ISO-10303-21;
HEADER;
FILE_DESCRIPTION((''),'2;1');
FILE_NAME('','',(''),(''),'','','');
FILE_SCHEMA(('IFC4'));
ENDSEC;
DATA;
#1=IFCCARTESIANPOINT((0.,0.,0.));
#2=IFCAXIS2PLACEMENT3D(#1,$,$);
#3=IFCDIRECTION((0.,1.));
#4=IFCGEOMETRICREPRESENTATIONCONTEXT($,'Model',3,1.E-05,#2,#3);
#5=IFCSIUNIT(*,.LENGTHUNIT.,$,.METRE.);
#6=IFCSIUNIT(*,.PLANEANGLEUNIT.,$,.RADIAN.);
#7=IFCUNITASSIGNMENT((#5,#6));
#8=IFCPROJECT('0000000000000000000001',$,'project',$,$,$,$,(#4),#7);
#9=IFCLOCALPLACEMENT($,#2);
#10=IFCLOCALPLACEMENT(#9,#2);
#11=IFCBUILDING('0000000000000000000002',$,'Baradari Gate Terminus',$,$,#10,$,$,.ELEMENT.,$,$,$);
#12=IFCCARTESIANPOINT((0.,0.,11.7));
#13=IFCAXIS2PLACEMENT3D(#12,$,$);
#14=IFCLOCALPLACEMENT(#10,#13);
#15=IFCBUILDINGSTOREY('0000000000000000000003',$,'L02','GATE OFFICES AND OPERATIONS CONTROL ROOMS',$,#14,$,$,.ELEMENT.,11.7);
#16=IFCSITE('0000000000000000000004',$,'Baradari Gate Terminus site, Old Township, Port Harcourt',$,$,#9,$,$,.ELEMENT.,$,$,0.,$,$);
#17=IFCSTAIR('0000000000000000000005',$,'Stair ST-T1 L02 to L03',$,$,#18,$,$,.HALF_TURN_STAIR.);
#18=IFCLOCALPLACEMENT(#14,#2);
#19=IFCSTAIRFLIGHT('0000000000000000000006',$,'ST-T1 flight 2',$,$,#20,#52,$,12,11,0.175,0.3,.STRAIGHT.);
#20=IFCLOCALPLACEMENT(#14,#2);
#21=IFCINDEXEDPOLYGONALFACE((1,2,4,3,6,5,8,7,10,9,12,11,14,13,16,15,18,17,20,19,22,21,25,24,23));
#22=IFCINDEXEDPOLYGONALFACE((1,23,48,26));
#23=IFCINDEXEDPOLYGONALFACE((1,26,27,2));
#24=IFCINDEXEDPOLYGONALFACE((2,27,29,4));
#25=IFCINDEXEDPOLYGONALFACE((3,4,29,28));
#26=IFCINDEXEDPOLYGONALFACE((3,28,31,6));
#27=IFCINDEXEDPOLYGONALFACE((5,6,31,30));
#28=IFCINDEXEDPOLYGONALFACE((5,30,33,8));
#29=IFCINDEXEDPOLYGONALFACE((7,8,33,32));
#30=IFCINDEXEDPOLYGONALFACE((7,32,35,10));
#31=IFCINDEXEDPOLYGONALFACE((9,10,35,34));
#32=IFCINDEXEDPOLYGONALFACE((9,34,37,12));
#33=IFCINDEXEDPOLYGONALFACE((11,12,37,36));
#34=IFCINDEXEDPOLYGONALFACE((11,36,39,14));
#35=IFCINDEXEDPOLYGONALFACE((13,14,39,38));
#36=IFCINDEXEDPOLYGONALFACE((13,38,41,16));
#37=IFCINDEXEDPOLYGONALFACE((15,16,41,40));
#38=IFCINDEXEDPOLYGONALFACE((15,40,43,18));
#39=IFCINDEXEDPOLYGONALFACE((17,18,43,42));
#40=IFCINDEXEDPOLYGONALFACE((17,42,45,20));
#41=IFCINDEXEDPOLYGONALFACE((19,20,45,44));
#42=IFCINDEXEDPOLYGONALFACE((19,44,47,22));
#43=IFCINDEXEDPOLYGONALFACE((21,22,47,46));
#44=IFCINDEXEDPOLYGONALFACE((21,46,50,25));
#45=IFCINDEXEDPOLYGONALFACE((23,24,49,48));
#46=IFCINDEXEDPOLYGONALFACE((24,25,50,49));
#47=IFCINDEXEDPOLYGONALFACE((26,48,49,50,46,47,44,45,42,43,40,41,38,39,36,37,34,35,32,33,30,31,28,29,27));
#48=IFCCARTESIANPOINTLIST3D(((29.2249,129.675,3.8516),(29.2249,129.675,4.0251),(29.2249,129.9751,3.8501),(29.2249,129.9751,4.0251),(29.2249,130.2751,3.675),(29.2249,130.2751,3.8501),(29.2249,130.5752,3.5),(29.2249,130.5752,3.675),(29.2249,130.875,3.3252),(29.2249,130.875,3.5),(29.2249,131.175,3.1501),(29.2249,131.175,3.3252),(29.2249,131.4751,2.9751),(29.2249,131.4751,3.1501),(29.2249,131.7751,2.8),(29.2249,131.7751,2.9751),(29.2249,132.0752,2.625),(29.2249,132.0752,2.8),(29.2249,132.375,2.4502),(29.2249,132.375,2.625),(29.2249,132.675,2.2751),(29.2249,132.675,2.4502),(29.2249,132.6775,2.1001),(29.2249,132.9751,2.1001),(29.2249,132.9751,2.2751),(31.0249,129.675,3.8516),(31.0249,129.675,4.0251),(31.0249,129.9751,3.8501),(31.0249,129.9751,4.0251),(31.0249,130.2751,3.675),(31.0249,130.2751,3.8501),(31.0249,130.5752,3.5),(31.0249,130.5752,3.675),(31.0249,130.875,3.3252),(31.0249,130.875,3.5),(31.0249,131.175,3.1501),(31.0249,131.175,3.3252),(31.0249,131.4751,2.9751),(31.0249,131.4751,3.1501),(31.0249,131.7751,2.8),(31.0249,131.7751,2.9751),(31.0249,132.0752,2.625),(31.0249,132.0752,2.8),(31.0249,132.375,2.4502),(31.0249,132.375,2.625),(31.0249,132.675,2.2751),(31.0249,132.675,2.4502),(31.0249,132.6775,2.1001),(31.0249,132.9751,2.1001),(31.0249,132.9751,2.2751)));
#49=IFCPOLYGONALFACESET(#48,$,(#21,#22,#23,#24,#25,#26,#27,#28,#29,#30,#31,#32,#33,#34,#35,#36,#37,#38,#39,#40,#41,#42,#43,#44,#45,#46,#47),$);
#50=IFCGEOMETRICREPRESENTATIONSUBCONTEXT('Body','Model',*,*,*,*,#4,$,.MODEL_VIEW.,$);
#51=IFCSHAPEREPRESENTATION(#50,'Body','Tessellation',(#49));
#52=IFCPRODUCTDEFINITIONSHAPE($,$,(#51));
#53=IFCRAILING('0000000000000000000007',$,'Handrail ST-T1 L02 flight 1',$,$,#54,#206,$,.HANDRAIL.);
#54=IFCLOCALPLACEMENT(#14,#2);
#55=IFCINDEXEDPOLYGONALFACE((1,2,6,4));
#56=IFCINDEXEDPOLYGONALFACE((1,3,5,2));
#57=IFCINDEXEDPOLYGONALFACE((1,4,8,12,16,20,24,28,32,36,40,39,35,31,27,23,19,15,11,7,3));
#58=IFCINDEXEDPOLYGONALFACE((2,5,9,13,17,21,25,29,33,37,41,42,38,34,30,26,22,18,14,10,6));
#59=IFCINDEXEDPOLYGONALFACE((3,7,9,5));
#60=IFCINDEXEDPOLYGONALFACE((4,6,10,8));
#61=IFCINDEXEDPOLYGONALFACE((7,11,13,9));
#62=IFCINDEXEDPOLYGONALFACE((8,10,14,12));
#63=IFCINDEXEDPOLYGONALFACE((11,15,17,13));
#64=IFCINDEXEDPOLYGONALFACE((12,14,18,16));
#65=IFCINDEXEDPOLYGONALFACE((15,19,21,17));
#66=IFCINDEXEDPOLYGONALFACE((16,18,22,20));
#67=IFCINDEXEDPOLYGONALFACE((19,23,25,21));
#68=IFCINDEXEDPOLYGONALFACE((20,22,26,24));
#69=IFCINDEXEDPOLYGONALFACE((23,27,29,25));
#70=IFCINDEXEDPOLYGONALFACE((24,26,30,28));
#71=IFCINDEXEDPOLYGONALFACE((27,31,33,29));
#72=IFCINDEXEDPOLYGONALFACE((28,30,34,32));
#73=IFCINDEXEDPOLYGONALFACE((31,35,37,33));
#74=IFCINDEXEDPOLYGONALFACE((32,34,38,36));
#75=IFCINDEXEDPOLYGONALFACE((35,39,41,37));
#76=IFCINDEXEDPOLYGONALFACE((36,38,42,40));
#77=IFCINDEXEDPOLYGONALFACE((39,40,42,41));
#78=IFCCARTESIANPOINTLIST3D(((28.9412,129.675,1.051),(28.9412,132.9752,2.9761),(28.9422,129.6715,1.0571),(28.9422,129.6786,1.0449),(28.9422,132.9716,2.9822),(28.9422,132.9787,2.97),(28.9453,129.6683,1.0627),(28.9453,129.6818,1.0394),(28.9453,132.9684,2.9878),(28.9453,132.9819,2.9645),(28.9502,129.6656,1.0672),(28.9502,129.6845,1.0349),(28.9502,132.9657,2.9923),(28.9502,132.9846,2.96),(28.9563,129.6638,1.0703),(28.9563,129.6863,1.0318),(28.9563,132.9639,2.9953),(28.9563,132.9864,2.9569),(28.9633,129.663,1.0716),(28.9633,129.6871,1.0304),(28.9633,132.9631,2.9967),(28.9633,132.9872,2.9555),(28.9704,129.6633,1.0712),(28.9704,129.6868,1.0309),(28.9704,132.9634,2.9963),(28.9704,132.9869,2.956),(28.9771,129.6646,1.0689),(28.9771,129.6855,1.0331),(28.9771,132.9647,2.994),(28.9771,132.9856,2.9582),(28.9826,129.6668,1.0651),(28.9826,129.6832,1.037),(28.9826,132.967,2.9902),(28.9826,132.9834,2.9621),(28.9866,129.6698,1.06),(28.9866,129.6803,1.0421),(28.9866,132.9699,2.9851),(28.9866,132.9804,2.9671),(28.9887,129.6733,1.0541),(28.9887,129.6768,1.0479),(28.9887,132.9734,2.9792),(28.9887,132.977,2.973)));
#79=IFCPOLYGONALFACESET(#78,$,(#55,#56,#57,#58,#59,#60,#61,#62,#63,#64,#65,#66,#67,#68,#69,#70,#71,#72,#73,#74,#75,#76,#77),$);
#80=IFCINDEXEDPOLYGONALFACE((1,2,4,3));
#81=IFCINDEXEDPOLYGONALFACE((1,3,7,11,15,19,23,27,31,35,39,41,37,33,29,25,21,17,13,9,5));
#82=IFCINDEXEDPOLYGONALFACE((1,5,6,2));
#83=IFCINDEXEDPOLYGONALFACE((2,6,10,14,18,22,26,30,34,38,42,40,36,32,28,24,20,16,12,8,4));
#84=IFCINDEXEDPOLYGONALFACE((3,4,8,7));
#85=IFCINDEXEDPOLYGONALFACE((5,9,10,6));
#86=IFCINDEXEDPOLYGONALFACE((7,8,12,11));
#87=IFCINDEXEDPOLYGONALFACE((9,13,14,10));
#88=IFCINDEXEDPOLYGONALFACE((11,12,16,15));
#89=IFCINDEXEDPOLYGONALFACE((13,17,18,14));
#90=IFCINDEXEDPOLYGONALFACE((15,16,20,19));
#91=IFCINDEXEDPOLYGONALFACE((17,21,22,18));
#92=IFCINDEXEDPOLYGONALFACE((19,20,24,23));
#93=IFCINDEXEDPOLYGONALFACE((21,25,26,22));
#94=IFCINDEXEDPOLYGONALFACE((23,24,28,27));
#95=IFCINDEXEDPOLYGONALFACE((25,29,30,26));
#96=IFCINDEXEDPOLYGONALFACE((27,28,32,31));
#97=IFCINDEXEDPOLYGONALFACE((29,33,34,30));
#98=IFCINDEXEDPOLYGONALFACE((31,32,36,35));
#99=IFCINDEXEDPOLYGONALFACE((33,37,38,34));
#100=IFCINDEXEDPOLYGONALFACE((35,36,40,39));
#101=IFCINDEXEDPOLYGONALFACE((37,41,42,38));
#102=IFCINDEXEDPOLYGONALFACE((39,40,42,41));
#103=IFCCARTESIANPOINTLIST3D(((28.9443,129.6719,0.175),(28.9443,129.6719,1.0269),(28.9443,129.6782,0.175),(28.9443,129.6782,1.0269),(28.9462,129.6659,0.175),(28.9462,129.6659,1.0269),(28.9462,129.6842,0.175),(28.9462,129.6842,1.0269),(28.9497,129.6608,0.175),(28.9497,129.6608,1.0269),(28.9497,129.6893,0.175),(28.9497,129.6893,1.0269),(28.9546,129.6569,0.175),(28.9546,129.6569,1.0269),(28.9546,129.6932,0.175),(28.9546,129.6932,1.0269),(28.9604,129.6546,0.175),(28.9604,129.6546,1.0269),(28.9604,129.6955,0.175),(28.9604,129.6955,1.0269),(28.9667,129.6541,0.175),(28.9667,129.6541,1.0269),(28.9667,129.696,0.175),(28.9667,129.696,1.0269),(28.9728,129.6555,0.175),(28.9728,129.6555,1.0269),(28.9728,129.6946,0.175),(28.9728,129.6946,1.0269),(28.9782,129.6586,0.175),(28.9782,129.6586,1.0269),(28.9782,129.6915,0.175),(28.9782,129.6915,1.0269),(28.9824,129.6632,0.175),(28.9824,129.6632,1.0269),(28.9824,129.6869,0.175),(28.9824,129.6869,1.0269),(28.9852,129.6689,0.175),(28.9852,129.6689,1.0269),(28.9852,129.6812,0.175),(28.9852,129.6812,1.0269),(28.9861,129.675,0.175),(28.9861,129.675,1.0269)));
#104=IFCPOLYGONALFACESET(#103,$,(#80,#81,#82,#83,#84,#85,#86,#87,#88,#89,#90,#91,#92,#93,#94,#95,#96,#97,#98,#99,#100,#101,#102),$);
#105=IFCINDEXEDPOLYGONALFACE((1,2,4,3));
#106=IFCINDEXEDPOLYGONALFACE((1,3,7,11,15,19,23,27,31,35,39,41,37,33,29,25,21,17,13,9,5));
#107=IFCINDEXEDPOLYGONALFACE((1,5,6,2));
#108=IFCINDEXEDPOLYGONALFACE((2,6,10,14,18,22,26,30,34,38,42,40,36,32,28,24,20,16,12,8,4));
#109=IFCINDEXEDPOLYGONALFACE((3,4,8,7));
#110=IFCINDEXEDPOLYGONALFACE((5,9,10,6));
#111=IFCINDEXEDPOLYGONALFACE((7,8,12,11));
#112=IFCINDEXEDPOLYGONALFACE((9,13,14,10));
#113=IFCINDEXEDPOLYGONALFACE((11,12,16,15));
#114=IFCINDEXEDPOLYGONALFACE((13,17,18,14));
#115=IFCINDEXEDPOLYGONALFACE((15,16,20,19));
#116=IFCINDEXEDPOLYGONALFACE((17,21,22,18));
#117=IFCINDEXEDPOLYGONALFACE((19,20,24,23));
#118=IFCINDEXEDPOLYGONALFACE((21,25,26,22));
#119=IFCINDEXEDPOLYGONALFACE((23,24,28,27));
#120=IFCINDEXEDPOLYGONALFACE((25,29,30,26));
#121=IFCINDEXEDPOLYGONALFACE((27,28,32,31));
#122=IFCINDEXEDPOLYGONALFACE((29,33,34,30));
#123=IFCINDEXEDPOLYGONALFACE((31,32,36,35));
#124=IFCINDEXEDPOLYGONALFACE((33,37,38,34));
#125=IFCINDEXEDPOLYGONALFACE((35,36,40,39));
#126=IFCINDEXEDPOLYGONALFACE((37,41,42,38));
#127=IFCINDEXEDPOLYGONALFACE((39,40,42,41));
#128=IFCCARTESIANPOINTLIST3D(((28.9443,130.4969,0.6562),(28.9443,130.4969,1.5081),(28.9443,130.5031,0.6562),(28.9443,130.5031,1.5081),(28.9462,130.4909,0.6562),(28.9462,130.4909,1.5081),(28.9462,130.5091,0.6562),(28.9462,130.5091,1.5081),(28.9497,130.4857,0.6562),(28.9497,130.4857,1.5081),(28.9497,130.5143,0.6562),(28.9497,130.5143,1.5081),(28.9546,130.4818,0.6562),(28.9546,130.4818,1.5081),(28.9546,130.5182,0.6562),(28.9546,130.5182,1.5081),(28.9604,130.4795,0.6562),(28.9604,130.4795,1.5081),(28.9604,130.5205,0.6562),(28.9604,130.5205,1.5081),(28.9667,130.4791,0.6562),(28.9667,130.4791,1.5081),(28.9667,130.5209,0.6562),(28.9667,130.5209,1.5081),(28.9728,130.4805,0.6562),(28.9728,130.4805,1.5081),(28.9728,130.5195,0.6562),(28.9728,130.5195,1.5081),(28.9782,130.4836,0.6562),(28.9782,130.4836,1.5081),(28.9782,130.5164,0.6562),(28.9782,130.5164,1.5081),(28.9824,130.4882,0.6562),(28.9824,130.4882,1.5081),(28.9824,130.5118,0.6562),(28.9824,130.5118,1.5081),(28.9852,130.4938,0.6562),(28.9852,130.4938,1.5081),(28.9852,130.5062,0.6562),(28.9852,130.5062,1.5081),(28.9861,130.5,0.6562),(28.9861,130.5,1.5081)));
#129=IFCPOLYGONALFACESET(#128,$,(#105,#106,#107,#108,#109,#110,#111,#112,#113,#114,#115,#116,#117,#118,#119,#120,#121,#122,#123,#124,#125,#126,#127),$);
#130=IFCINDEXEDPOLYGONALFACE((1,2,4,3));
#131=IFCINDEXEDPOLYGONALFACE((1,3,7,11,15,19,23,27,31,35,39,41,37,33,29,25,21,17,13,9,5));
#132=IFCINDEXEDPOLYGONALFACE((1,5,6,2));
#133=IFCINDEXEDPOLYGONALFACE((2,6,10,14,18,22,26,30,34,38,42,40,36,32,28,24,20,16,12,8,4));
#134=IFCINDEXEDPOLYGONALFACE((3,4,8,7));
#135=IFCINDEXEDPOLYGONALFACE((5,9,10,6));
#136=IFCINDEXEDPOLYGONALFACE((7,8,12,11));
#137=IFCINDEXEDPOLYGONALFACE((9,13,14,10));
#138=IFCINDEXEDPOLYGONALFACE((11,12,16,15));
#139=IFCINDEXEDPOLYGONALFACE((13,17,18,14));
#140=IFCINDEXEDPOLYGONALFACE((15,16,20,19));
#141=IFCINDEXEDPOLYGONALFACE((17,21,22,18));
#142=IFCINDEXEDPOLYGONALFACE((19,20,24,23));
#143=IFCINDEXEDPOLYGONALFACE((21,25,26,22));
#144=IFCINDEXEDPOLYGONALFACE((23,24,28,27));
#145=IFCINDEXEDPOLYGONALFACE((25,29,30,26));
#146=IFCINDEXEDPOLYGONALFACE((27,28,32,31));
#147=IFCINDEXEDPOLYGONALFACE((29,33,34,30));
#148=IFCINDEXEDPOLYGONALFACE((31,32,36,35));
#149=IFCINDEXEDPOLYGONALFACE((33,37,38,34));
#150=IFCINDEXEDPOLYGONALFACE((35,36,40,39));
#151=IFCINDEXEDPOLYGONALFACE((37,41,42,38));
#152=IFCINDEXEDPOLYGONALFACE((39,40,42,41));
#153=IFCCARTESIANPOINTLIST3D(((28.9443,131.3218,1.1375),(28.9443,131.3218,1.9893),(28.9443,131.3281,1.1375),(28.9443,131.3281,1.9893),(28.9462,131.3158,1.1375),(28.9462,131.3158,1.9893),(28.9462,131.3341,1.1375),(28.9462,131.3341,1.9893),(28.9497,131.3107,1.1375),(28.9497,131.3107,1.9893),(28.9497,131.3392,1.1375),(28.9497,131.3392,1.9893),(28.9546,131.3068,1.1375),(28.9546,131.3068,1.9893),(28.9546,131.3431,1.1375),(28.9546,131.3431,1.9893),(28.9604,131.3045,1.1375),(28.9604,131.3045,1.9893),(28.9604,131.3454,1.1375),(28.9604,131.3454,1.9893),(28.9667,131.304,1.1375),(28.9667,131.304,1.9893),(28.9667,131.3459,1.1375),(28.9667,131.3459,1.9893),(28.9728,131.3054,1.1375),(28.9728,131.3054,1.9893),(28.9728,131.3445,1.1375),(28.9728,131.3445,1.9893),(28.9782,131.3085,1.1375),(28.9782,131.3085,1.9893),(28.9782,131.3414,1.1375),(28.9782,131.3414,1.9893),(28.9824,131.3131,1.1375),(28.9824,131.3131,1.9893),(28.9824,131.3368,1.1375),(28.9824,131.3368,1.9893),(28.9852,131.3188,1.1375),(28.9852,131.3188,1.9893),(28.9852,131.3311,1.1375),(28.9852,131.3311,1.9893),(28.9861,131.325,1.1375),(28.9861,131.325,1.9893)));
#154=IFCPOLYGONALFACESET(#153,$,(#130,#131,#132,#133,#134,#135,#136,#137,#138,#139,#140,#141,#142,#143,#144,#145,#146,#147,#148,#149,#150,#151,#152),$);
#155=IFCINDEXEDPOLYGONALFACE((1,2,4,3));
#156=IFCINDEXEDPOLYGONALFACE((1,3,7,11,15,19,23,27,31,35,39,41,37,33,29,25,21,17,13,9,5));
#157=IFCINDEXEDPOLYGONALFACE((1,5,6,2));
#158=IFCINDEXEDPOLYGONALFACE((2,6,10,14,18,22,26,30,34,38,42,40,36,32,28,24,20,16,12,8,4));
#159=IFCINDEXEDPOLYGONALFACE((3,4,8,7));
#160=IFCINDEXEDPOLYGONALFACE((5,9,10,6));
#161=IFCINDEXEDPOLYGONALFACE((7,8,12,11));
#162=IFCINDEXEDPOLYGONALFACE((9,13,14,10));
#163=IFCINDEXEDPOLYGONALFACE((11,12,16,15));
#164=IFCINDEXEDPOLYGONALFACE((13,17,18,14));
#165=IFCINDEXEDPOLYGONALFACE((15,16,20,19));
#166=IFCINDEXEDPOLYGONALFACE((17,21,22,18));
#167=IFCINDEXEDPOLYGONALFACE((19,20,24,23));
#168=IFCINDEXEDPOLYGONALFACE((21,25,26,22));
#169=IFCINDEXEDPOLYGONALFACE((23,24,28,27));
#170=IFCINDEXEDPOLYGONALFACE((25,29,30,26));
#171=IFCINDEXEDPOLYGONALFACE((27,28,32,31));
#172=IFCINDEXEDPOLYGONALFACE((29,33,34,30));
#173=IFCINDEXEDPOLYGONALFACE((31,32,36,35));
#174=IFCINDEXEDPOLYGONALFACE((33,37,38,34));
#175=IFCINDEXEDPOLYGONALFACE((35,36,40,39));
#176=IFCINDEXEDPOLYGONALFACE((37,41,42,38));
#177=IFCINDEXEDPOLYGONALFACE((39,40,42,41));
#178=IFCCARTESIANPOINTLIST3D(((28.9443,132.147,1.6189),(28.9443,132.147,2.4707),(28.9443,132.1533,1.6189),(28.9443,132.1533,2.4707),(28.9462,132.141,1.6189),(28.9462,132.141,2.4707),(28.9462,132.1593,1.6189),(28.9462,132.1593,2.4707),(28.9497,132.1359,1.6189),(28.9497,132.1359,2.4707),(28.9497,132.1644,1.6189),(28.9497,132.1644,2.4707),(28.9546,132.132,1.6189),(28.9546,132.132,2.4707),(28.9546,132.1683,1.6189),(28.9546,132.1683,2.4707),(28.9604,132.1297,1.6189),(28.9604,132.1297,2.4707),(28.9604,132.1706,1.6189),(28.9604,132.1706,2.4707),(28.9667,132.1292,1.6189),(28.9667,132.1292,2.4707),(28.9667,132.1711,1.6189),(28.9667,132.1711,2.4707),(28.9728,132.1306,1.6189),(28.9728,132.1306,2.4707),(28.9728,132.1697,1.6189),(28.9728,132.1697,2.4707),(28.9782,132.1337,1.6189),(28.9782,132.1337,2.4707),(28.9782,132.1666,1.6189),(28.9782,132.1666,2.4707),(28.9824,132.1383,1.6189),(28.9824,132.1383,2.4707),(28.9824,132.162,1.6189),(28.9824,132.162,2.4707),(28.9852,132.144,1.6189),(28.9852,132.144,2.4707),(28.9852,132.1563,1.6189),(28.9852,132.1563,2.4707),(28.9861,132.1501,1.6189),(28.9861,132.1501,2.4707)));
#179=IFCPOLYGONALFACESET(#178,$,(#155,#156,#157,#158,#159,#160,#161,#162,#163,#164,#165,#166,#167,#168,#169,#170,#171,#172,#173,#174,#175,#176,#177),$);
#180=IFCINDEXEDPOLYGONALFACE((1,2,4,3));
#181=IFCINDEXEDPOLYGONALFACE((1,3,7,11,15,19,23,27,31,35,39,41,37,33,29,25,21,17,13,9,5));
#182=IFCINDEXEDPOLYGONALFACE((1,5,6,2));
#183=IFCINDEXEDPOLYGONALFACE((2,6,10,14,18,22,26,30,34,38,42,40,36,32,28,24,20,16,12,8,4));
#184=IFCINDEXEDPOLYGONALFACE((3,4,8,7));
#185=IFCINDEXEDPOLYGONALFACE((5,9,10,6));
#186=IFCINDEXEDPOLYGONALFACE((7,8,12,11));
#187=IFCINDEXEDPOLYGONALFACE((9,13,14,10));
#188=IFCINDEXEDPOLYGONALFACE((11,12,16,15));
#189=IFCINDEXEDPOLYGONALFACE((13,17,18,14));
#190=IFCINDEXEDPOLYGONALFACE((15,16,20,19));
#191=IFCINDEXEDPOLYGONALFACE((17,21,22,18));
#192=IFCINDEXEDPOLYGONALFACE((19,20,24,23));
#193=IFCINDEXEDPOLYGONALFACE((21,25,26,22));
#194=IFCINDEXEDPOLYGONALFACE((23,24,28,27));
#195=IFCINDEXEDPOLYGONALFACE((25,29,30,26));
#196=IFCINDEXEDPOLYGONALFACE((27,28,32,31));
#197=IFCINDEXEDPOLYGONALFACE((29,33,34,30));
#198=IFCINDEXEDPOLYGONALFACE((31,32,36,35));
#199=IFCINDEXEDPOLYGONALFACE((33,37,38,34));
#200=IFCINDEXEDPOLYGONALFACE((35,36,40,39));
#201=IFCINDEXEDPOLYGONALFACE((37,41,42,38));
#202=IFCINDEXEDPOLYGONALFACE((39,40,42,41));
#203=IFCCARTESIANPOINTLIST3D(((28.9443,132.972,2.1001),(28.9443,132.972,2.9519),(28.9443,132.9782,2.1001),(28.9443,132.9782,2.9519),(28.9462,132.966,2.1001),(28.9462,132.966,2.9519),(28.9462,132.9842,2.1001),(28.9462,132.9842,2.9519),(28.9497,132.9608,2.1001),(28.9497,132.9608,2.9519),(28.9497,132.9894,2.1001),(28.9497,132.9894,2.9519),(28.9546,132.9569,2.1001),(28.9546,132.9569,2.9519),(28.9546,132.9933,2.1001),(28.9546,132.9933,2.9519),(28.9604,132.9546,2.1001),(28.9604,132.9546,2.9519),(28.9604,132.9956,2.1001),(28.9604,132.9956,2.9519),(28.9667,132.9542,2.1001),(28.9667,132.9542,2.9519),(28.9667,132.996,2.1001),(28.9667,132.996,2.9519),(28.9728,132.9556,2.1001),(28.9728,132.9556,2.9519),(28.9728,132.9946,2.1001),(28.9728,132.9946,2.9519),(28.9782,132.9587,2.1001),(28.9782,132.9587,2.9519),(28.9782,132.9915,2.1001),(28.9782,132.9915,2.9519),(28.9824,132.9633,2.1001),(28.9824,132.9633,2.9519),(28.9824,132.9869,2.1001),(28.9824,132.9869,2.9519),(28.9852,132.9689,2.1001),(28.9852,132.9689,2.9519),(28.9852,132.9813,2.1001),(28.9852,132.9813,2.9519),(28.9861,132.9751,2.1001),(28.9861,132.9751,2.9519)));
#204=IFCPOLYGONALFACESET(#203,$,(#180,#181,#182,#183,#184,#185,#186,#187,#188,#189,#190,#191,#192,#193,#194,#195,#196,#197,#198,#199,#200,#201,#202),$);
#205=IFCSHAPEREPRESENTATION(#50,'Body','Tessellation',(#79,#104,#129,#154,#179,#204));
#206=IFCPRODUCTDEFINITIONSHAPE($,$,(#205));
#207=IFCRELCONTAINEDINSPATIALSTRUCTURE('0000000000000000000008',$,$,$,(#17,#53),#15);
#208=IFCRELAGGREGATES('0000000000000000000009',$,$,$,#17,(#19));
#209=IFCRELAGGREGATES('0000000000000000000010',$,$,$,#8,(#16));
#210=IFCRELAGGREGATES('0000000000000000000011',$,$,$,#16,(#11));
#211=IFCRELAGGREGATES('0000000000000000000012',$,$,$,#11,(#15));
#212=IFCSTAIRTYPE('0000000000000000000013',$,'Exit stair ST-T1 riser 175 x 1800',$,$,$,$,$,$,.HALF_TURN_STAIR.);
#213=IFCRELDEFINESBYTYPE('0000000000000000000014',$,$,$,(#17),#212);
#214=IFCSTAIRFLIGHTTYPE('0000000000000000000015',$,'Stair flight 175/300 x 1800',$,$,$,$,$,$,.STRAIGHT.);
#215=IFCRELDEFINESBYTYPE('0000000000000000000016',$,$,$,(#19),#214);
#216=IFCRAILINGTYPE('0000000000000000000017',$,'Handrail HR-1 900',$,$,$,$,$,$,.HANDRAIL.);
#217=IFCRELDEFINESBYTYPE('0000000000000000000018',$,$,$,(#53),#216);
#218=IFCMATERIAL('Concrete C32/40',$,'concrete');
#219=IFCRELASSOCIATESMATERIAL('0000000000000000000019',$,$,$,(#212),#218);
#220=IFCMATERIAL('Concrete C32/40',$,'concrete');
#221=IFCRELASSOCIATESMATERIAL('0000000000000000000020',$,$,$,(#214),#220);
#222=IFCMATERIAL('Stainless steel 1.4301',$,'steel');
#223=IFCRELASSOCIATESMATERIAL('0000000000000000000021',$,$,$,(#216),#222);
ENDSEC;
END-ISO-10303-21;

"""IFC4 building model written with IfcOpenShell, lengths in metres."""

from ifc_helpers import new_model, si_unit, direction, frame, origin, origin_2d, place, context, subcontext, project, spatial, polyline, circle, outline, extrude, material, type_object, element, aggregate, save


model = new_model("IFC4")

# Units and contexts
model_context = context("Model", 3, precision=1e-05, world=origin(), true_north=direction((0.0, 1.0)))
body_context = subcontext(model_context, "Body", "Model", "MODEL_VIEW")
ifc_project = project(units=[si_unit("LENGTHUNIT", "METRE"), si_unit("PLANEANGLEUNIT", "RADIAN")], contexts=[model_context])

# Site, building, storey
site_placement = place(None, origin())
site = spatial("IfcSite", under=ifc_project, at=site_placement, Name="Baradari Gate Terminus site, Old Township, Port Harcourt", CompositionType="ELEMENT", RefElevation=0.0)
building_placement = place(site_placement, origin())
building = spatial("IfcBuilding", under=site, at=building_placement, Name="Baradari Gate Terminus", CompositionType="ELEMENT")
storey_placement = place(building_placement, frame((0.0, 0.0, 11.7)))
storey = spatial("IfcBuildingStorey", under=building, at=storey_placement, Name="L02", Description="GATE OFFICES AND OPERATIONS CONTROL ROOMS", CompositionType="ELEMENT", Elevation=11.7)

# Stair, stair flight
ifc_material_1 = material(Name="Concrete C32/40", Category="concrete")
stair_type = type_object("IfcStairType", Name="Exit stair ST-T1 riser 175 x 1800", PredefinedType="HALF_TURN_STAIR", material=ifc_material_1)
stair_placement = place(storey_placement, origin())
stair = element("IfcStair", 1, at=stair_placement, inside=storey, type_object=stair_type, Name="Stair ST-T1 L02 to L03", PredefinedType="HALF_TURN_STAIR")
ifc_material_2 = material(Name="Concrete C32/40", Category="concrete")
stair_flight_type = type_object("IfcStairFlightType", Name="Stair flight 175/300 x 1800", PredefinedType="STRAIGHT", material=ifc_material_2)
stair_flight_placement = place(storey_placement, frame((30.125, 132.9751, 2.1001), z_axis=(0.0, 0.0, 1.0), x_axis=(0.0, -1.0, 0.0)))
stair_flight = element("IfcStairFlight", 2, at=stair_flight_placement, type_object=stair_flight_type, Name="ST-T1 flight 2", NumberOfRisers=12, NumberOfTreads=11, PredefinedType="STRAIGHT", RiserHeight=0.175, TreadLength=0.3, context=body_context, shape_type="SweptSolid", body=[
    extrude(outline(polyline([(0.0, 0.0), (0.0, 0.175), (0.3, 0.175), (0.3, 0.3501), (0.6001, 0.3501), (0.6001, 0.5249), (0.8999, 0.5249), (0.8999, 0.7), (1.2, 0.7), (1.2, 0.875), (1.5, 0.875), (1.5, 1.05), (1.8, 1.05), (1.8, 1.2251), (2.1001, 1.2251), (2.1001, 1.3999), (2.3999, 1.3999), (2.3999, 1.575), (2.7, 1.575), (2.7, 1.75), (3.0, 1.75), (3.0, 1.925), (3.3, 1.925), (3.3, 2.1001), (3.3, 1.7515), (0.2976, 0.0), (0.0, 0.0)])), frame((0.0, 0.8999, 0.0), z_axis=(0.0, -1.0, 0.0), x_axis=(1.0, 0.0, 0.0)), (0.0, 0.0, 1.0), 1.8),
])
aggregate(stair, [stair_flight])

# Railing
ifc_material_3 = material(Name="Stainless steel 1.4301", Category="steel")
railing_type = type_object("IfcRailingType", Name="Handrail HR-1 900", PredefinedType="HANDRAIL", material=ifc_material_3)
railing_placement = place(storey_placement, frame((28.9651, 129.675, 0.175)))
element("IfcRailing", 3, at=railing_placement, inside=storey, type_object=railing_type, Name="Handrail ST-T1 L02 flight 1", PredefinedType="HANDRAIL", context=body_context, shape_type="SweptSolid", body=[
    extrude(circle(Radius=0.0239, at=origin_2d()), frame((0.0, 0.0, 0.876), z_axis=(0.0, 0.863777, 0.503875), x_axis=(-1.0, 0.0, 0.0)), (0.0, 0.0, 1.0), 3.8206),
    extrude(circle(Radius=0.021, at=origin_2d()), origin(), (0.0, 0.0, 1.0), 0.8518),
    extrude(circle(Radius=0.021, at=origin_2d()), frame((0.0, 0.825, 0.4812)), (0.0, 0.0, 1.0), 0.8518),
    extrude(circle(Radius=0.021, at=origin_2d()), frame((0.0, 1.6499, 0.9624)), (0.0, 0.0, 1.0), 0.8518),
    extrude(circle(Radius=0.021, at=origin_2d()), frame((0.0, 2.4751, 1.4438)), (0.0, 0.0, 1.0), 0.8518),
    extrude(circle(Radius=0.021, at=origin_2d()), frame((0.0, 3.3, 1.925)), (0.0, 0.0, 1.0), 0.8518),
])

save(model, "model.ifc")
